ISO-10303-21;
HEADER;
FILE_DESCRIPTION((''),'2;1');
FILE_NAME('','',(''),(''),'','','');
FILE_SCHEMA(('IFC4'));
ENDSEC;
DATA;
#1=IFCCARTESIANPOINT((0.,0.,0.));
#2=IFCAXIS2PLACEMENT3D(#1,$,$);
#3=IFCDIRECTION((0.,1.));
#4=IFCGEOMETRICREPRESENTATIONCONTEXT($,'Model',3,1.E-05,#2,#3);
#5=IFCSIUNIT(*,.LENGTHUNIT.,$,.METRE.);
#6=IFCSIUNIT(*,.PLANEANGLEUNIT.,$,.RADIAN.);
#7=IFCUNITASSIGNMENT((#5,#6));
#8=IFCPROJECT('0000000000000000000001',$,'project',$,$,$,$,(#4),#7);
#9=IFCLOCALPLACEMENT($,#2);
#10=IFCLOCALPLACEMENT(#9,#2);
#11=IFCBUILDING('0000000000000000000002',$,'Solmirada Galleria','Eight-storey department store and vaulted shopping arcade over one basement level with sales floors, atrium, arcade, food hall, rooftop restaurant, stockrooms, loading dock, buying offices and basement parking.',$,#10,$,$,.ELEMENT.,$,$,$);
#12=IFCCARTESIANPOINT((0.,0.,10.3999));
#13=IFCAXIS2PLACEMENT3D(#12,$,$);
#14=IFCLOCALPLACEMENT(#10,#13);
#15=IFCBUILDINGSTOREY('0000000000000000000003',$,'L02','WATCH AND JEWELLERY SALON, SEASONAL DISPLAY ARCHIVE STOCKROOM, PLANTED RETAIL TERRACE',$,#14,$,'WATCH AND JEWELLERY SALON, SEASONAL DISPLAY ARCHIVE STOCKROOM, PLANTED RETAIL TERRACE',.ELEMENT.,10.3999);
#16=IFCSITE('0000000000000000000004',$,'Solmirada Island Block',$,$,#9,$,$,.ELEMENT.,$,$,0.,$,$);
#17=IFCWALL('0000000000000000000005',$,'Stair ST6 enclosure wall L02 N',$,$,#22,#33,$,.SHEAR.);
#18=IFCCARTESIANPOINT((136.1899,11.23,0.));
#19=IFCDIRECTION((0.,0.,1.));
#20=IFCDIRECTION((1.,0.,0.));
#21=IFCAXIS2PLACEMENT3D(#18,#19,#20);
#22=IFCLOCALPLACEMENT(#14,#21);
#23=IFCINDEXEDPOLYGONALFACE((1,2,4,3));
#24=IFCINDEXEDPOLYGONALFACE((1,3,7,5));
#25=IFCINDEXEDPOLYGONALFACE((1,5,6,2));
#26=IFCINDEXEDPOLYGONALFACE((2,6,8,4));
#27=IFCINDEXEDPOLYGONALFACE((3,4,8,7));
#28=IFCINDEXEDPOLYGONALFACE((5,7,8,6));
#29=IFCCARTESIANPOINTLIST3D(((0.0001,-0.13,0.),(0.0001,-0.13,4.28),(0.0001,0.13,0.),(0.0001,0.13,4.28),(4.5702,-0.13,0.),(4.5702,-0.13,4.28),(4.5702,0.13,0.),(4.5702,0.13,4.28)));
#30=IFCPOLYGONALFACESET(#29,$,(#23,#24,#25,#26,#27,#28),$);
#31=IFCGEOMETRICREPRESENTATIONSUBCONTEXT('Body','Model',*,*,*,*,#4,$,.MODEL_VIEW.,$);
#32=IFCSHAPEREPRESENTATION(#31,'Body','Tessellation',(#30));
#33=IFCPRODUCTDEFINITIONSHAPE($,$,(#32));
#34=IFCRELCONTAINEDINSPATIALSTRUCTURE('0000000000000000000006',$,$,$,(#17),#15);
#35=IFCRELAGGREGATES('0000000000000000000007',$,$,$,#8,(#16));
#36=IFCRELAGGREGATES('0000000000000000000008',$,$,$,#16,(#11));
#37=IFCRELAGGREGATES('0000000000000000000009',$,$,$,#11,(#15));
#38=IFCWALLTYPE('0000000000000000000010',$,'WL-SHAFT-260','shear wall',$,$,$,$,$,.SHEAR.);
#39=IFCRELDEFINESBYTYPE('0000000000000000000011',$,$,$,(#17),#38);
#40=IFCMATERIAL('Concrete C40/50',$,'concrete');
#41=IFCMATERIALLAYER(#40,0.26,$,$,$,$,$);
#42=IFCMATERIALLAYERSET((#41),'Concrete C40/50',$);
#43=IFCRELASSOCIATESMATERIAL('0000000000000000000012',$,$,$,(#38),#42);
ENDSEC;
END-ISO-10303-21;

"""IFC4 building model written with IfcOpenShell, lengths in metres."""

from ifc_helpers import new_model, si_unit, direction, frame, frame_2d, origin, place, context, subcontext, project, spatial, rectangle, extrude, material, layer, layer_set, type_object, element, save


model = new_model("IFC4")

# Units and contexts
model_context = context("Model", 3, precision=1e-05, world=origin(), true_north=direction((0.0, 1.0)))
body_context = subcontext(model_context, "Body", "Model", "MODEL_VIEW")
ifc_project = project(units=[si_unit("LENGTHUNIT", "METRE"), si_unit("PLANEANGLEUNIT", "RADIAN")], contexts=[model_context])

# Site, building, storey
site_placement = place(None, origin())
site = spatial("IfcSite", under=ifc_project, at=site_placement, Name="Solmirada Island Block", CompositionType="ELEMENT", RefElevation=0.0)
building_placement = place(site_placement, origin())
building = spatial("IfcBuilding", under=site, at=building_placement, Name="Solmirada Galleria", Description="Eight-storey department store and vaulted shopping arcade over one basement level with sales floors, atrium, arcade, food hall, rooftop restaurant, stockrooms, loading dock, buying offices and basement parking.", CompositionType="ELEMENT")
storey_placement = place(building_placement, frame((0.0, 0.0, 10.3999)))
storey = spatial("IfcBuildingStorey", under=building, at=storey_placement, Name="L02", Description="WATCH AND JEWELLERY SALON, SEASONAL DISPLAY ARCHIVE STOCKROOM, PLANTED RETAIL TERRACE", LongName="WATCH AND JEWELLERY SALON, SEASONAL DISPLAY ARCHIVE STOCKROOM, PLANTED RETAIL TERRACE", CompositionType="ELEMENT", Elevation=10.3999)

# Shared definitions
ifc_material_1 = material(Name="Concrete C40/50", Category="concrete")

# Wall
ifc_layer_1 = layer(ifc_material_1, 0.26)
ifc_layer_set_1 = layer_set([ifc_layer_1], Name="Concrete C40/50")
wall_type_1 = type_object("IfcWallType", Name="WL-SHAFT-260", Description="shear wall", PredefinedType="SHEAR", material=ifc_layer_set_1)
wall_1_placement = place(storey_placement, frame((136.1899, 11.23, 0.0), z_axis=(0.0, 0.0, 1.0), x_axis=(1.0, 0.0, 0.0)))
element("IfcWall", 1, at=wall_1_placement, inside=storey, type_object=wall_type_1, Name="Stair ST6 enclosure wall L02 N", PredefinedType="SHEAR", context=body_context, shape_type="SweptSolid", body=[
    extrude(rectangle(XDim=4.5701, YDim=0.26, at=frame_2d((2.2852, 0.0))), origin(), (0.0, 0.0, 1.0), 4.28),
])

save(model, "model.ifc")
